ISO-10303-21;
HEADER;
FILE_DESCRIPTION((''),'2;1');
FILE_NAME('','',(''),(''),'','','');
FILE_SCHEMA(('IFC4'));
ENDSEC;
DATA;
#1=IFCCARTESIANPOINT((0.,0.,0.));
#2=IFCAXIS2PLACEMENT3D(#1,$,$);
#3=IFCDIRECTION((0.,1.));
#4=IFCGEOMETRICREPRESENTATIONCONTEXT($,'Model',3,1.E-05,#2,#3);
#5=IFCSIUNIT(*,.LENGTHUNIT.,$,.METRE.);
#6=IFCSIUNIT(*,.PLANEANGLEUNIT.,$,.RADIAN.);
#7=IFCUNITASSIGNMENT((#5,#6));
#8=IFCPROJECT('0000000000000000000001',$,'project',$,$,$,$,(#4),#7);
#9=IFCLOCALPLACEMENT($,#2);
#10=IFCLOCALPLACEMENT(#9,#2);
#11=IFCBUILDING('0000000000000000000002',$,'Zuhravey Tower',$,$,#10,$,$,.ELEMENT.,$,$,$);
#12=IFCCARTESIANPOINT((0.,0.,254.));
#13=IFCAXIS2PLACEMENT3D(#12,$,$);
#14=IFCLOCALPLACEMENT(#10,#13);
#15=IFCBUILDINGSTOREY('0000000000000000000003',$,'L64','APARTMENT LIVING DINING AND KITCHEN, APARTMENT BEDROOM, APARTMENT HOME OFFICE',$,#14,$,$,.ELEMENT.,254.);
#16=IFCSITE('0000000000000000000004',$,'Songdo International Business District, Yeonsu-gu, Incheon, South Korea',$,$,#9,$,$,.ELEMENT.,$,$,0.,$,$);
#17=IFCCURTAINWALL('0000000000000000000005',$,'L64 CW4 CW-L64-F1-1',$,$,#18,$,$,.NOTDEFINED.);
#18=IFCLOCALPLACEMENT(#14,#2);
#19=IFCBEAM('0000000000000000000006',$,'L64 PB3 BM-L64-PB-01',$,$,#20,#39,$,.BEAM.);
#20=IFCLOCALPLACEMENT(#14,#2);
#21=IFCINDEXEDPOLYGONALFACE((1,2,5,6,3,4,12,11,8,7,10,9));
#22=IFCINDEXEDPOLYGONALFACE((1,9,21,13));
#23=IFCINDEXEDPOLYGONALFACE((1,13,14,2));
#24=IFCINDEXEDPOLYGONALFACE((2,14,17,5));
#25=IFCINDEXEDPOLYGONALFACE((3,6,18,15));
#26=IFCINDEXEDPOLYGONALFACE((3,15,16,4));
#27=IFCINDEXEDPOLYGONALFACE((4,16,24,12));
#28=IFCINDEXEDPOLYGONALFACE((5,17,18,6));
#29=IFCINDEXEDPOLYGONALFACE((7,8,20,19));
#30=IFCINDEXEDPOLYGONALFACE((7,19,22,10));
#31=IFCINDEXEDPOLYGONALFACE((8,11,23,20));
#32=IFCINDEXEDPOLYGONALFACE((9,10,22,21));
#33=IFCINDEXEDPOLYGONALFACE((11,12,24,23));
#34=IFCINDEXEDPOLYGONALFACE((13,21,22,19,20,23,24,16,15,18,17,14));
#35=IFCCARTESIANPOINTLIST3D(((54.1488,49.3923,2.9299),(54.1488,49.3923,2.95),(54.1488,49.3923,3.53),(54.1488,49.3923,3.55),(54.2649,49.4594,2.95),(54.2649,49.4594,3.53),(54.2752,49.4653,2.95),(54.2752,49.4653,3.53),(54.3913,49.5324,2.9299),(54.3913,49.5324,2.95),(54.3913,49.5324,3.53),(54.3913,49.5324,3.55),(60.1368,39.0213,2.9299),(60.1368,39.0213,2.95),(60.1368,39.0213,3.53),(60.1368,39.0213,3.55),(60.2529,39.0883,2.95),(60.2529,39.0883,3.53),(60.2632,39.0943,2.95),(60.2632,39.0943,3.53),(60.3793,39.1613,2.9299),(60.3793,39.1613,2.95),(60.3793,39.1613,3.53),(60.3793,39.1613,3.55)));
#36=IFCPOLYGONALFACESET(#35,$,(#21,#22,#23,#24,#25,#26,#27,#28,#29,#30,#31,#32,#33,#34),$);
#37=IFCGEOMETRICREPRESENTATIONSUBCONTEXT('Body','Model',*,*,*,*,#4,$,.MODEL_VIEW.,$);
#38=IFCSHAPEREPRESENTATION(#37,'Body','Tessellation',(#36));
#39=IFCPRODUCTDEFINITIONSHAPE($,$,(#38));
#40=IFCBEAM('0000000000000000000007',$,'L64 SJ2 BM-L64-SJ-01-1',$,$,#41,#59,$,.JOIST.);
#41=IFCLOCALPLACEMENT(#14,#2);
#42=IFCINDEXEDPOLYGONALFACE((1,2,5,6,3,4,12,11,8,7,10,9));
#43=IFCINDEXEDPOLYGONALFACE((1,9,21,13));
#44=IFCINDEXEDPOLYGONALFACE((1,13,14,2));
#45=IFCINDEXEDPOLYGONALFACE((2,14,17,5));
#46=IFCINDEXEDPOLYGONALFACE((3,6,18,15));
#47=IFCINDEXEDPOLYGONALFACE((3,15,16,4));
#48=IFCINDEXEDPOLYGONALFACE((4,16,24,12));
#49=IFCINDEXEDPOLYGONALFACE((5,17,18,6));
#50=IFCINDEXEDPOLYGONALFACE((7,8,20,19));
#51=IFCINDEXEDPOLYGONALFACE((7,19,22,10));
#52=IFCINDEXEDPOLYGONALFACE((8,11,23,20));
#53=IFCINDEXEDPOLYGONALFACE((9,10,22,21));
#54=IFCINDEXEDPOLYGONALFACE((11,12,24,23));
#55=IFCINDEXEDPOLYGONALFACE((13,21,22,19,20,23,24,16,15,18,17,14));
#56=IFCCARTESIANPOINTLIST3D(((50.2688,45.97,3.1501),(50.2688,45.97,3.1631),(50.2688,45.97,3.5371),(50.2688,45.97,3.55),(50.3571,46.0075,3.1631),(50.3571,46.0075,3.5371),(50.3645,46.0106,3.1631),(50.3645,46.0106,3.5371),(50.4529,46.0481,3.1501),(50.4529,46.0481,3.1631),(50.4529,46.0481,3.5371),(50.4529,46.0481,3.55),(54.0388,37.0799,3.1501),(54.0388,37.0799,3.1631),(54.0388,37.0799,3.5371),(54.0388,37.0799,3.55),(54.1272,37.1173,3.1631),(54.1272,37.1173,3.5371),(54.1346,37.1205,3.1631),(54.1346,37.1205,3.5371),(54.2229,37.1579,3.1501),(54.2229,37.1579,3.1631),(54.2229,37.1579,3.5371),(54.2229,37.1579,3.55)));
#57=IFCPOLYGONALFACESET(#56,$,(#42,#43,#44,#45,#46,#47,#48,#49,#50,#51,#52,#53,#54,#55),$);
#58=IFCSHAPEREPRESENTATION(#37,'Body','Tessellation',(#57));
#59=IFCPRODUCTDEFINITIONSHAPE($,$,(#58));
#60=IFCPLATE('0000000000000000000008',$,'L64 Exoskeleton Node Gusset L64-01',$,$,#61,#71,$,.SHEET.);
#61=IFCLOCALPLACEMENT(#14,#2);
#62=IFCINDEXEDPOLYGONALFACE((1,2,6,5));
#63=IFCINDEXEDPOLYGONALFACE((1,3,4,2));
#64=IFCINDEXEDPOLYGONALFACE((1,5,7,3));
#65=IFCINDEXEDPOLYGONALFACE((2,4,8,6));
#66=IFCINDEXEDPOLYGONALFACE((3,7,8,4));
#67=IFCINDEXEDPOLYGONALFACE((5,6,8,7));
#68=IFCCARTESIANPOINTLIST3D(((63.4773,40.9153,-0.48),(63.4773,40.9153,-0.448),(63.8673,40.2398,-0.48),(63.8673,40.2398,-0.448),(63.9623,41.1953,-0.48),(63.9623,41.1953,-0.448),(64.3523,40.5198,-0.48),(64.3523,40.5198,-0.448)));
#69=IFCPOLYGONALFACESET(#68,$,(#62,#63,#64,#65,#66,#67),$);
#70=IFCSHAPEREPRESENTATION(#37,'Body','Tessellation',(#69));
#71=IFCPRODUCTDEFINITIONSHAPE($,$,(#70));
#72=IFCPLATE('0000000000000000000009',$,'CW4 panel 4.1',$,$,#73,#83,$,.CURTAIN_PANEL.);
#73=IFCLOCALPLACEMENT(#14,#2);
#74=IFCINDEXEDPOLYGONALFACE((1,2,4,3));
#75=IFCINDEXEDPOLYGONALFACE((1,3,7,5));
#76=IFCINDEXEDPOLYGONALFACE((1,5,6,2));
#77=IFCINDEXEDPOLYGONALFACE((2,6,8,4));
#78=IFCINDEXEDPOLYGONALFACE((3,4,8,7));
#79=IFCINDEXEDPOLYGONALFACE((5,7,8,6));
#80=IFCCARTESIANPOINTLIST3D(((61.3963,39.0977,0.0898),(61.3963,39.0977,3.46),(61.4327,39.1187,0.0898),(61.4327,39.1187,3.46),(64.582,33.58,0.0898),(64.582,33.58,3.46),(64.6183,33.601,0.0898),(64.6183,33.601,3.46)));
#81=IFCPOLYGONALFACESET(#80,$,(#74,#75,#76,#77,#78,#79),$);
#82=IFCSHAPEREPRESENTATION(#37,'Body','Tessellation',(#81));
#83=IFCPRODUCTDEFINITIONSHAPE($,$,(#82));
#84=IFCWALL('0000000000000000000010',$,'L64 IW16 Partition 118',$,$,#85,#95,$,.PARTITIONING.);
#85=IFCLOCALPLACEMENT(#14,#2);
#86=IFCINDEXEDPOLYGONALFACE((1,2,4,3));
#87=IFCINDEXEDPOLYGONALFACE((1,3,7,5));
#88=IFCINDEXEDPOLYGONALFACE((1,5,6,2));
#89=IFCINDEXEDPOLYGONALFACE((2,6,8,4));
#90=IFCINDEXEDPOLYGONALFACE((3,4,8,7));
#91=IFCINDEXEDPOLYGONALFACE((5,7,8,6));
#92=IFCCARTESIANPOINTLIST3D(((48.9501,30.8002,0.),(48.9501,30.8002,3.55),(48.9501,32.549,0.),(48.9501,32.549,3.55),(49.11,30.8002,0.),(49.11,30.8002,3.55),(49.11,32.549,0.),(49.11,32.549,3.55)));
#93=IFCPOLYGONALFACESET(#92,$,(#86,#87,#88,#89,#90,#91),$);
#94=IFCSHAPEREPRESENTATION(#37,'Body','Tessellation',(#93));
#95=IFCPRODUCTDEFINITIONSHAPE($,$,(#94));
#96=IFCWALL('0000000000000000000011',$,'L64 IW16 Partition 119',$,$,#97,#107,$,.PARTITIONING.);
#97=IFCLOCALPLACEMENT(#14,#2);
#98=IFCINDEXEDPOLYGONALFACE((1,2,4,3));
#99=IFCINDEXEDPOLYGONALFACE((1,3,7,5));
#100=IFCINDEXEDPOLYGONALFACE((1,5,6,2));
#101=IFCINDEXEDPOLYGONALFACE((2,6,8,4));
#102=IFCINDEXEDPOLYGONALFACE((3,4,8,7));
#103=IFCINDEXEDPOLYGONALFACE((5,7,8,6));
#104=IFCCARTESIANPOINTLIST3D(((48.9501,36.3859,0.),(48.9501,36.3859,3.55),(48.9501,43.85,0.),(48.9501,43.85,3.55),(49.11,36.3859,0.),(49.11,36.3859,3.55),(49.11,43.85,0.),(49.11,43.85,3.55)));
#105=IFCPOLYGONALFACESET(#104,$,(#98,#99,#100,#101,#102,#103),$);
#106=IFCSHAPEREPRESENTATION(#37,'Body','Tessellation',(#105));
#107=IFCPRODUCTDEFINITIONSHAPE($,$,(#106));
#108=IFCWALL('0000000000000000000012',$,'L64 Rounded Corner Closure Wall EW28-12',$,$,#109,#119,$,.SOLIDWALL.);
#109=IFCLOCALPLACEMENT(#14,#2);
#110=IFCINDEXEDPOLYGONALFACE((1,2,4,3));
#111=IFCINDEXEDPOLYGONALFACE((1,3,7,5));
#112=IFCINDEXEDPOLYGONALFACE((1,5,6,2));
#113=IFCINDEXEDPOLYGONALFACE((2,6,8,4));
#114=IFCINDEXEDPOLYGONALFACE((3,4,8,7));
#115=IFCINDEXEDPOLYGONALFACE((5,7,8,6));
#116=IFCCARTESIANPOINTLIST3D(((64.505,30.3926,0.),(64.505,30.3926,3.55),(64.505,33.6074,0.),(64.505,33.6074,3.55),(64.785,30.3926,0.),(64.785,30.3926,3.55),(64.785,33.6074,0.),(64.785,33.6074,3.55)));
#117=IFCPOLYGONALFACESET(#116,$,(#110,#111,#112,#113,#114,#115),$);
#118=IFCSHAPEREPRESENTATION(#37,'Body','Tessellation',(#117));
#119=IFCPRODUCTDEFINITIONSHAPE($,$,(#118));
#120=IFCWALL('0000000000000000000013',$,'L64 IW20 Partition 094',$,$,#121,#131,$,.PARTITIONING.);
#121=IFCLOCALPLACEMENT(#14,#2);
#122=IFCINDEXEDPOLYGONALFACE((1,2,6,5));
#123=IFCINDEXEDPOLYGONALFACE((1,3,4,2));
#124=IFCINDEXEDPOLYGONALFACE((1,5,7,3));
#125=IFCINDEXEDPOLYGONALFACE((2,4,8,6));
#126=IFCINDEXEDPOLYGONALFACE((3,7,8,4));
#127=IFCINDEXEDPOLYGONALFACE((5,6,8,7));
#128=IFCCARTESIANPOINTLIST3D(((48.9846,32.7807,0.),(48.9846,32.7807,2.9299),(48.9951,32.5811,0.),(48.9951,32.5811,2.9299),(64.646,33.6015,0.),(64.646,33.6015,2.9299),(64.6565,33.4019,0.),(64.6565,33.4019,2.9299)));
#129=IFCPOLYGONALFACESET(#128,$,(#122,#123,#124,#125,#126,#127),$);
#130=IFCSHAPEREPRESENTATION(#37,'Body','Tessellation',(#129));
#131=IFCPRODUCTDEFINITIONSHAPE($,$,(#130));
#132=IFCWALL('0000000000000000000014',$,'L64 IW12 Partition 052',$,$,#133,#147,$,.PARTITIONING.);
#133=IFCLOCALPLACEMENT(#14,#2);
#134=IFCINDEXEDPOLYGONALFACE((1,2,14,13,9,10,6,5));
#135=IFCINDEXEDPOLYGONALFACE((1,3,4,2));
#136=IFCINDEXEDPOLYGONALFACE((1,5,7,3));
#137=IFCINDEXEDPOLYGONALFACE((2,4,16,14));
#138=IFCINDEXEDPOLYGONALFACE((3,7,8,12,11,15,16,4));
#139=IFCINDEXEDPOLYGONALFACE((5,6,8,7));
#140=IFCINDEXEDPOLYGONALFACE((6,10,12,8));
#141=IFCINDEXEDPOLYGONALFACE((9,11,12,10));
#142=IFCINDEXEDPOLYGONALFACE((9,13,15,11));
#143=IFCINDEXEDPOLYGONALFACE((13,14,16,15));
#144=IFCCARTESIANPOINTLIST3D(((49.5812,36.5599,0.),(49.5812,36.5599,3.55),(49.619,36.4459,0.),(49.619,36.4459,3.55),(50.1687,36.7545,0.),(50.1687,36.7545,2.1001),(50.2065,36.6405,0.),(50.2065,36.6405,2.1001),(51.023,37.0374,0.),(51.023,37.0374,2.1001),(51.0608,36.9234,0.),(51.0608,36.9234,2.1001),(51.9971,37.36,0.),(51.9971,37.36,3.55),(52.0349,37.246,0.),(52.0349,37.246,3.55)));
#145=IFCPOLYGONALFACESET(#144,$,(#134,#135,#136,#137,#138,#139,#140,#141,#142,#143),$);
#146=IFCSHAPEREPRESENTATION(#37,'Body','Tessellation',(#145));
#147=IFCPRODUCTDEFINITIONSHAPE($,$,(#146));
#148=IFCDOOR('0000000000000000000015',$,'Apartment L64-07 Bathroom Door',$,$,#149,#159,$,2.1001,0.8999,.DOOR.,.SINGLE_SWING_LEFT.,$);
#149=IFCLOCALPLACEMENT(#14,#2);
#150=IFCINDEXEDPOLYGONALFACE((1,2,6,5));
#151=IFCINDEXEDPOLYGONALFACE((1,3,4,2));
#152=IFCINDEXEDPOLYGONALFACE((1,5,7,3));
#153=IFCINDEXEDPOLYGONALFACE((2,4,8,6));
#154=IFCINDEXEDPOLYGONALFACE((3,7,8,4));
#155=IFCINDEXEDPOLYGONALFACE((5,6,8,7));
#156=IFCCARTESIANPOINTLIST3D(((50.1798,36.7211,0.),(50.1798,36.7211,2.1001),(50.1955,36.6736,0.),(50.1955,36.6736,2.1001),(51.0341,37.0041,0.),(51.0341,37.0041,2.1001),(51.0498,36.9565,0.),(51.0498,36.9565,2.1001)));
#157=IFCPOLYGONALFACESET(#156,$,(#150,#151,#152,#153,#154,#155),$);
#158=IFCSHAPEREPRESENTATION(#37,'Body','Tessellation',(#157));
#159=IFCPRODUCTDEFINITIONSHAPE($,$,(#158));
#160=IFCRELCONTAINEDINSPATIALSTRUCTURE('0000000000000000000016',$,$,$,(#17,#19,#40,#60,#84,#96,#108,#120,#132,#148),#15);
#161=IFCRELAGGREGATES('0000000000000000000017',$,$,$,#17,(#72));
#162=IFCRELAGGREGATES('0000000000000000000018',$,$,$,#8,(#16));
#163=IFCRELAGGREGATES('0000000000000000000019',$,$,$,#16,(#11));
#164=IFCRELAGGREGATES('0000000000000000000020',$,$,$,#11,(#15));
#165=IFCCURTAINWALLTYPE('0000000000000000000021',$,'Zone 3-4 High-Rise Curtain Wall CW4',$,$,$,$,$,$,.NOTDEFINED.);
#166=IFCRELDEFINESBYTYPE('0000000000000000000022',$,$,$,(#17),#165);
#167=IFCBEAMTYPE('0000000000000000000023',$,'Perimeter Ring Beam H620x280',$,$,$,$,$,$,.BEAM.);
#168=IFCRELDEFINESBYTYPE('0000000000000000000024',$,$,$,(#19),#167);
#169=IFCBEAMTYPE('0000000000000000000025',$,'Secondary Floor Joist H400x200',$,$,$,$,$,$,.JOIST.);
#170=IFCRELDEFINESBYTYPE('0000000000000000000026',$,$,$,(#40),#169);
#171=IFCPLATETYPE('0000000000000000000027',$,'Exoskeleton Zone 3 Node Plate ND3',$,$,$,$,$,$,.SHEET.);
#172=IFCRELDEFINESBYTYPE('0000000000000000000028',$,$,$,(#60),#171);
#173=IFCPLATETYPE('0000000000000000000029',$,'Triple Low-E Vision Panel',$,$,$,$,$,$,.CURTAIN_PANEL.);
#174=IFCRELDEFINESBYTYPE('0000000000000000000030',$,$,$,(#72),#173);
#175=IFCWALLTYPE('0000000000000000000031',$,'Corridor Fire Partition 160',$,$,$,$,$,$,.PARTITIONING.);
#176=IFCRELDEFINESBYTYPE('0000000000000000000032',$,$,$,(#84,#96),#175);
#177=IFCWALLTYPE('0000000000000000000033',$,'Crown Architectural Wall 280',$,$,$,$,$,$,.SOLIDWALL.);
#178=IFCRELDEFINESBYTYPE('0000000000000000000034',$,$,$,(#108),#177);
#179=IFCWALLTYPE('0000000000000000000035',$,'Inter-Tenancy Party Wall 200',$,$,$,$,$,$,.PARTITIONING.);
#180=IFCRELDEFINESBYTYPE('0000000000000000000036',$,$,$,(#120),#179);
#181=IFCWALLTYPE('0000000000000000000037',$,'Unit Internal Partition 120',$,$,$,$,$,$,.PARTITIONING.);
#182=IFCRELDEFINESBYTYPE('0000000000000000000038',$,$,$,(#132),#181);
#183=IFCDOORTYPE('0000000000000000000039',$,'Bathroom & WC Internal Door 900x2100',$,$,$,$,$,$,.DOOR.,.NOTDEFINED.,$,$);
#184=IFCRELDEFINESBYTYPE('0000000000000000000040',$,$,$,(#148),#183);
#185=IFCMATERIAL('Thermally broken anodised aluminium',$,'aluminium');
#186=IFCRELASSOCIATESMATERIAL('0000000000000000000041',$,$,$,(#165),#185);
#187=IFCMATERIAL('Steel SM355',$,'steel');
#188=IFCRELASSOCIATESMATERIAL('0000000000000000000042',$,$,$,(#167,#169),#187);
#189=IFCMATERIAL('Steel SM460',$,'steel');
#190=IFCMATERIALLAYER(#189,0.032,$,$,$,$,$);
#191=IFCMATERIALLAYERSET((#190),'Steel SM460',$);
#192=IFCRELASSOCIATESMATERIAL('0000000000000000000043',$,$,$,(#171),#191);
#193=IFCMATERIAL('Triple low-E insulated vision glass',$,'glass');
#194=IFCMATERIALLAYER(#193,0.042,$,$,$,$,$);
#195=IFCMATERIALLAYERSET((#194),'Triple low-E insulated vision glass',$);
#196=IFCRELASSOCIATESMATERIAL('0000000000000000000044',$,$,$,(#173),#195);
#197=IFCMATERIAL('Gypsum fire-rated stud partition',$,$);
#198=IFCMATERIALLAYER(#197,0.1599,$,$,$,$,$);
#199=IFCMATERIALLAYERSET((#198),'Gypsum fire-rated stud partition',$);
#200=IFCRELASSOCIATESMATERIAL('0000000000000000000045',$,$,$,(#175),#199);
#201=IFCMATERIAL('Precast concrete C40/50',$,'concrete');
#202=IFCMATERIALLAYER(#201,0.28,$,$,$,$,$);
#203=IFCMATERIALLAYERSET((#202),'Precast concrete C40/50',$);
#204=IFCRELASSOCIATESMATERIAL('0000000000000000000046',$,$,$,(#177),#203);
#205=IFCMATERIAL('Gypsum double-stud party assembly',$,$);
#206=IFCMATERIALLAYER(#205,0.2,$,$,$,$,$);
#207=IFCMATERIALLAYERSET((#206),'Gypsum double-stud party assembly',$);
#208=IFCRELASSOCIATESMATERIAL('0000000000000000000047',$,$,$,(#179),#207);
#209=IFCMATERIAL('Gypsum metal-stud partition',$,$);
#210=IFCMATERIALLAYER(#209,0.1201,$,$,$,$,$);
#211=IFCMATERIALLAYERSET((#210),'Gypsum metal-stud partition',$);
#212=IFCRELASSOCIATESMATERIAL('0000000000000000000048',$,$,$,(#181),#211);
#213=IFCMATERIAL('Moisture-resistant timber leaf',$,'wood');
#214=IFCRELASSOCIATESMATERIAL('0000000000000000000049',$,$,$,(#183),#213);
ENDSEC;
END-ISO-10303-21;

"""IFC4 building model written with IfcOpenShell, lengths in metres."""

from ifc_helpers import new_model, si_unit, direction, frame, frame_2d, origin, origin_2d, place, context, subcontext, project, spatial, rectangle, i_section, extrude, material, layer, layer_set, material_profile, profile_set, type_object, element, fill, aggregate, save


model = new_model("IFC4")

# Units and contexts
model_context = context("Model", 3, precision=1e-05, world=origin(), true_north=direction((0.0, 1.0)))
body_context = subcontext(model_context, "Body", "Model", "MODEL_VIEW")
ifc_project = project(units=[si_unit("LENGTHUNIT", "METRE"), si_unit("PLANEANGLEUNIT", "RADIAN")], contexts=[model_context])

# Site, building, storey
site_placement = place(None, origin())
site = spatial("IfcSite", under=ifc_project, at=site_placement, Name="Songdo International Business District, Yeonsu-gu, Incheon, South Korea", CompositionType="ELEMENT", RefElevation=0.0)
building_placement = place(site_placement, origin())
building = spatial("IfcBuilding", under=site, at=building_placement, Name="Zuhravey Tower", CompositionType="ELEMENT")
storey_placement = place(building_placement, frame((0.0, 0.0, 254.0)))
storey = spatial("IfcBuildingStorey", under=building, at=storey_placement, Name="L64", Description="APARTMENT LIVING DINING AND KITCHEN, APARTMENT BEDROOM, APARTMENT HOME OFFICE", CompositionType="ELEMENT", Elevation=254.0)

# Shared definitions
ifc_material_1 = material(Name="Thermally broken anodised aluminium", Category="aluminium")
curtain_wall_type = type_object("IfcCurtainWallType", Name="Zone 3-4 High-Rise Curtain Wall CW4", PredefinedType="NOTDEFINED", material=ifc_material_1)

# Curtain wall
curtain_wall_1_placement = place(storey_placement, origin())
curtain_wall_1 = element("IfcCurtainWall", 1, at=curtain_wall_1_placement, inside=storey, type_object=curtain_wall_type, Name="L64 CW4 CW-L64-F1-1", PredefinedType="NOTDEFINED")

# Shared definitions
ifc_material_2 = material(Name="Steel SM355", Category="steel")

# Beams
ifc_material_profile_1 = material_profile(ifc_material_2, i_section(OverallWidth=0.28, OverallDepth=0.6201, WebThickness=0.012, FlangeThickness=0.02, at=origin_2d()), Name="H-620x280x12x20")
ifc_profile_set_1 = profile_set([ifc_material_profile_1], Name="Steel SM355")
beam_type_1 = type_object("IfcBeamType", Name="Perimeter Ring Beam H620x280", PredefinedType="BEAM", material=ifc_profile_set_1)
beam_1_placement = place(storey_placement, frame((60.2581, 39.0913, 3.24), z_axis=(-0.500018, 0.866015, 0.0), x_axis=(-0.866015, -0.500018, 0.0)))
element("IfcBeam", 2, at=beam_1_placement, inside=storey, type_object=beam_type_1, Name="L64 PB3 BM-L64-PB-01", PredefinedType="BEAM", context=body_context, shape_type="SweptSolid", body=[
    extrude(i_section(OverallWidth=0.28, OverallDepth=0.6201, WebThickness=0.012, FlangeThickness=0.02, at=origin_2d()), origin(), (0.0, 0.0, 1.0), 11.9756),
])
ifc_material_profile_2 = material_profile(ifc_material_2, i_section(OverallWidth=0.2, OverallDepth=0.3999, WebThickness=0.0081, FlangeThickness=0.0129, at=origin_2d()), Name="H-400x200x8x13")
ifc_profile_set_2 = profile_set([ifc_material_profile_2], Name="Steel SM355")
beam_type_2 = type_object("IfcBeamType", Name="Secondary Floor Joist H400x200", PredefinedType="JOIST", material=ifc_profile_set_2)
beam_2_placement = place(storey_placement, frame((54.1309, 37.1189, 3.3501), z_axis=(-0.390413, 0.92064, 0.0), x_axis=(-0.92064, -0.390413, 0.0)))
element("IfcBeam", 3, at=beam_2_placement, inside=storey, type_object=beam_type_2, Name="L64 SJ2 BM-L64-SJ-01-1", PredefinedType="JOIST", context=body_context, shape_type="SweptSolid", body=[
    extrude(i_section(OverallWidth=0.2, OverallDepth=0.3999, WebThickness=0.0081, FlangeThickness=0.0129, at=origin_2d()), origin(), (0.0, 0.0, 1.0), 9.6565),
])

# Plates
ifc_material_3 = material(Name="Steel SM460", Category="steel")
ifc_layer_1 = layer(ifc_material_3, 0.032)
ifc_layer_set_1 = layer_set([ifc_layer_1], Name="Steel SM460")
plate_type_1 = type_object("IfcPlateType", Name="Exoskeleton Zone 3 Node Plate ND3", PredefinedType="SHEET", material=ifc_layer_set_1)
plate_1_placement = place(storey_placement, frame((63.9148, 40.7175, -0.48), z_axis=(0.0, 0.0, 1.0), x_axis=(-0.5, 0.866025, 0.0)))
element("IfcPlate", 4, at=plate_1_placement, inside=storey, type_object=plate_type_1, Name="L64 Exoskeleton Node Gusset L64-01", PredefinedType="SHEET", context=body_context, shape_type="SweptSolid", body=[
    extrude(rectangle(XDim=0.78, YDim=0.5601, at=origin_2d()), origin(), (0.0, 0.0, 1.0), 0.032),
])
ifc_material_4 = material(Name="Triple low-E insulated vision glass", Category="glass")
ifc_layer_2 = layer(ifc_material_4, 0.042)
ifc_layer_set_2 = layer_set([ifc_layer_2], Name="Triple low-E insulated vision glass")
plate_type_2 = type_object("IfcPlateType", Name="Triple Low-E Vision Panel", PredefinedType="CURTAIN_PANEL", material=ifc_layer_set_2)
plate_2_placement = place(storey_placement, frame((63.0073, 36.3494, 0.0898), z_axis=(0.0, 0.0, 1.0), x_axis=(0.500001, -0.866025, 0.0)))
plate_2 = element("IfcPlate", 5, at=plate_2_placement, type_object=plate_type_2, Name="CW4 panel 4.1", PredefinedType="CURTAIN_PANEL", context=body_context, shape_type="SweptSolid", body=[
    extrude(rectangle(XDim=6.3713, YDim=0.042, at=origin_2d()), origin(), (0.0, 0.0, 1.0), 3.3701),
])
aggregate(curtain_wall_1, [plate_2])

# Shared definitions
ifc_material_5 = material(Name="Gypsum fire-rated stud partition")
ifc_layer_3 = layer(ifc_material_5, 0.1599)
ifc_layer_set_3 = layer_set([ifc_layer_3], Name="Gypsum fire-rated stud partition")
wall_type_1 = type_object("IfcWallType", Name="Corridor Fire Partition 160", PredefinedType="PARTITIONING", material=ifc_layer_set_3)

# Walls
wall_1_placement = place(storey_placement, frame((49.03, 30.8, 0.0), z_axis=(0.0, 0.0, 1.0), x_axis=(0.0, 1.0, 0.0)))
element("IfcWall", 6, at=wall_1_placement, inside=storey, type_object=wall_type_1, Name="L64 IW16 Partition 118", PredefinedType="PARTITIONING", context=body_context, shape_type="SweptSolid", body=[
    extrude(rectangle(XDim=1.7488, YDim=0.1599, at=frame_2d((0.8745, 0.0))), origin(), (0.0, 0.0, 1.0), 3.55),
])
wall_2_placement = place(storey_placement, frame((49.03, 36.386, 0.0), z_axis=(0.0, 0.0, 1.0), x_axis=(0.0, 1.0, 0.0)))
element("IfcWall", 7, at=wall_2_placement, inside=storey, type_object=wall_type_1, Name="L64 IW16 Partition 119", PredefinedType="PARTITIONING", context=body_context, shape_type="SweptSolid", body=[
    extrude(rectangle(XDim=7.4641, YDim=0.1599, at=frame_2d((3.7319, 0.0))), origin(), (0.0, 0.0, 1.0), 3.55),
])
ifc_material_6 = material(Name="Precast concrete C40/50", Category="concrete")
ifc_layer_4 = layer(ifc_material_6, 0.28)
ifc_layer_set_4 = layer_set([ifc_layer_4], Name="Precast concrete C40/50")
wall_type_2 = type_object("IfcWallType", Name="Crown Architectural Wall 280", PredefinedType="SOLIDWALL", material=ifc_layer_set_4)
wall_3_placement = place(storey_placement, frame((64.645, 33.6074, 0.0), z_axis=(0.0, 0.0, 1.0), x_axis=(0.0, -1.0, 0.0)))
element("IfcWall", 8, at=wall_3_placement, inside=storey, type_object=wall_type_2, Name="L64 Rounded Corner Closure Wall EW28-12", PredefinedType="SOLIDWALL", context=body_context, shape_type="SweptSolid", body=[
    extrude(rectangle(XDim=3.2148, YDim=0.28, at=frame_2d((1.6074, 0.0))), origin(), (0.0, 0.0, 1.0), 3.55),
])
ifc_material_7 = material(Name="Gypsum double-stud party assembly")
ifc_layer_5 = layer(ifc_material_7, 0.2)
ifc_layer_set_5 = layer_set([ifc_layer_5], Name="Gypsum double-stud party assembly")
wall_type_3 = type_object("IfcWallType", Name="Inter-Tenancy Party Wall 200", PredefinedType="PARTITIONING", material=ifc_layer_set_5)
wall_4_placement = place(storey_placement, frame((48.99, 32.6809, 0.0), z_axis=(0.0, 0.0, 1.0), x_axis=(0.998629, 0.052337, 0.0)))
element("IfcWall", 9, at=wall_4_placement, inside=storey, type_object=wall_type_3, Name="L64 IW20 Partition 094", PredefinedType="PARTITIONING", context=body_context, shape_type="SweptSolid", body=[
    extrude(rectangle(XDim=15.6829, YDim=0.2, at=frame_2d((7.8413, 0.0))), origin(), (0.0, 0.0, 1.0), 2.9299),
])

# Wall, opening, door
ifc_material_8 = material(Name="Gypsum metal-stud partition")
ifc_layer_6 = layer(ifc_material_8, 0.1201)
ifc_layer_set_6 = layer_set([ifc_layer_6], Name="Gypsum metal-stud partition")
wall_type_4 = type_object("IfcWallType", Name="Unit Internal Partition 120", PredefinedType="PARTITIONING", material=ifc_layer_set_6)
wall_5_placement = place(storey_placement, frame((49.6001, 36.5029, 0.0), z_axis=(0.0, 0.0, 1.0), x_axis=(0.949296, 0.314385, 0.0)))
wall_5 = element("IfcWall", 10, at=wall_5_placement, inside=storey, type_object=wall_type_4, Name="L64 IW12 Partition 052", PredefinedType="PARTITIONING", context=body_context, shape_type="SweptSolid", body=[
    extrude(rectangle(XDim=2.5449, YDim=0.1201, at=frame_2d((1.2725, 0.0))), origin(), (0.0, 0.0, 1.0), 3.55),
])
opening_1_placement = place(wall_5_placement, frame((0.6189, 0.0, 0.0)))
opening_1 = element("IfcOpeningElement", 11, at=opening_1_placement, cuts=wall_5, PredefinedType="OPENING", context=body_context, shape_type="SweptSolid", body=[
    extrude(rectangle(XDim=0.8999, YDim=2.1001, at=frame_2d((0.45, 1.05))), frame((0.0, 0.072, 0.0), z_axis=(0.0, -1.0, 0.0), x_axis=(1.0, 0.0, 0.0)), (0.0, 0.0, 1.0), 0.144),
])
ifc_material_9 = material(Name="Moisture-resistant timber leaf", Category="wood")
door_type_1 = type_object("IfcDoorType", Name="Bathroom & WC Internal Door 900x2100", OperationType="NOTDEFINED", PredefinedType="DOOR", material=ifc_material_9)
door_1_placement = place(opening_1_placement, origin())
door_1 = element("IfcDoor", 12, at=door_1_placement, inside=storey, type_object=door_type_1, Name="Apartment L64-07 Bathroom Door", OperationType="SINGLE_SWING_LEFT", OverallHeight=2.1001, OverallWidth=0.8999, PredefinedType="DOOR", context=body_context, shape_type="SweptSolid", body=[
    extrude(rectangle(XDim=0.8999, YDim=2.1001, at=frame_2d((0.45, 1.05))), frame((0.0, 0.0249, 0.0), z_axis=(0.0, -1.0, 0.0), x_axis=(1.0, 0.0, 0.0)), (0.0, 0.0, 1.0), 0.05),
])
fill(opening_1, door_1)

save(model, "model.ifc")
